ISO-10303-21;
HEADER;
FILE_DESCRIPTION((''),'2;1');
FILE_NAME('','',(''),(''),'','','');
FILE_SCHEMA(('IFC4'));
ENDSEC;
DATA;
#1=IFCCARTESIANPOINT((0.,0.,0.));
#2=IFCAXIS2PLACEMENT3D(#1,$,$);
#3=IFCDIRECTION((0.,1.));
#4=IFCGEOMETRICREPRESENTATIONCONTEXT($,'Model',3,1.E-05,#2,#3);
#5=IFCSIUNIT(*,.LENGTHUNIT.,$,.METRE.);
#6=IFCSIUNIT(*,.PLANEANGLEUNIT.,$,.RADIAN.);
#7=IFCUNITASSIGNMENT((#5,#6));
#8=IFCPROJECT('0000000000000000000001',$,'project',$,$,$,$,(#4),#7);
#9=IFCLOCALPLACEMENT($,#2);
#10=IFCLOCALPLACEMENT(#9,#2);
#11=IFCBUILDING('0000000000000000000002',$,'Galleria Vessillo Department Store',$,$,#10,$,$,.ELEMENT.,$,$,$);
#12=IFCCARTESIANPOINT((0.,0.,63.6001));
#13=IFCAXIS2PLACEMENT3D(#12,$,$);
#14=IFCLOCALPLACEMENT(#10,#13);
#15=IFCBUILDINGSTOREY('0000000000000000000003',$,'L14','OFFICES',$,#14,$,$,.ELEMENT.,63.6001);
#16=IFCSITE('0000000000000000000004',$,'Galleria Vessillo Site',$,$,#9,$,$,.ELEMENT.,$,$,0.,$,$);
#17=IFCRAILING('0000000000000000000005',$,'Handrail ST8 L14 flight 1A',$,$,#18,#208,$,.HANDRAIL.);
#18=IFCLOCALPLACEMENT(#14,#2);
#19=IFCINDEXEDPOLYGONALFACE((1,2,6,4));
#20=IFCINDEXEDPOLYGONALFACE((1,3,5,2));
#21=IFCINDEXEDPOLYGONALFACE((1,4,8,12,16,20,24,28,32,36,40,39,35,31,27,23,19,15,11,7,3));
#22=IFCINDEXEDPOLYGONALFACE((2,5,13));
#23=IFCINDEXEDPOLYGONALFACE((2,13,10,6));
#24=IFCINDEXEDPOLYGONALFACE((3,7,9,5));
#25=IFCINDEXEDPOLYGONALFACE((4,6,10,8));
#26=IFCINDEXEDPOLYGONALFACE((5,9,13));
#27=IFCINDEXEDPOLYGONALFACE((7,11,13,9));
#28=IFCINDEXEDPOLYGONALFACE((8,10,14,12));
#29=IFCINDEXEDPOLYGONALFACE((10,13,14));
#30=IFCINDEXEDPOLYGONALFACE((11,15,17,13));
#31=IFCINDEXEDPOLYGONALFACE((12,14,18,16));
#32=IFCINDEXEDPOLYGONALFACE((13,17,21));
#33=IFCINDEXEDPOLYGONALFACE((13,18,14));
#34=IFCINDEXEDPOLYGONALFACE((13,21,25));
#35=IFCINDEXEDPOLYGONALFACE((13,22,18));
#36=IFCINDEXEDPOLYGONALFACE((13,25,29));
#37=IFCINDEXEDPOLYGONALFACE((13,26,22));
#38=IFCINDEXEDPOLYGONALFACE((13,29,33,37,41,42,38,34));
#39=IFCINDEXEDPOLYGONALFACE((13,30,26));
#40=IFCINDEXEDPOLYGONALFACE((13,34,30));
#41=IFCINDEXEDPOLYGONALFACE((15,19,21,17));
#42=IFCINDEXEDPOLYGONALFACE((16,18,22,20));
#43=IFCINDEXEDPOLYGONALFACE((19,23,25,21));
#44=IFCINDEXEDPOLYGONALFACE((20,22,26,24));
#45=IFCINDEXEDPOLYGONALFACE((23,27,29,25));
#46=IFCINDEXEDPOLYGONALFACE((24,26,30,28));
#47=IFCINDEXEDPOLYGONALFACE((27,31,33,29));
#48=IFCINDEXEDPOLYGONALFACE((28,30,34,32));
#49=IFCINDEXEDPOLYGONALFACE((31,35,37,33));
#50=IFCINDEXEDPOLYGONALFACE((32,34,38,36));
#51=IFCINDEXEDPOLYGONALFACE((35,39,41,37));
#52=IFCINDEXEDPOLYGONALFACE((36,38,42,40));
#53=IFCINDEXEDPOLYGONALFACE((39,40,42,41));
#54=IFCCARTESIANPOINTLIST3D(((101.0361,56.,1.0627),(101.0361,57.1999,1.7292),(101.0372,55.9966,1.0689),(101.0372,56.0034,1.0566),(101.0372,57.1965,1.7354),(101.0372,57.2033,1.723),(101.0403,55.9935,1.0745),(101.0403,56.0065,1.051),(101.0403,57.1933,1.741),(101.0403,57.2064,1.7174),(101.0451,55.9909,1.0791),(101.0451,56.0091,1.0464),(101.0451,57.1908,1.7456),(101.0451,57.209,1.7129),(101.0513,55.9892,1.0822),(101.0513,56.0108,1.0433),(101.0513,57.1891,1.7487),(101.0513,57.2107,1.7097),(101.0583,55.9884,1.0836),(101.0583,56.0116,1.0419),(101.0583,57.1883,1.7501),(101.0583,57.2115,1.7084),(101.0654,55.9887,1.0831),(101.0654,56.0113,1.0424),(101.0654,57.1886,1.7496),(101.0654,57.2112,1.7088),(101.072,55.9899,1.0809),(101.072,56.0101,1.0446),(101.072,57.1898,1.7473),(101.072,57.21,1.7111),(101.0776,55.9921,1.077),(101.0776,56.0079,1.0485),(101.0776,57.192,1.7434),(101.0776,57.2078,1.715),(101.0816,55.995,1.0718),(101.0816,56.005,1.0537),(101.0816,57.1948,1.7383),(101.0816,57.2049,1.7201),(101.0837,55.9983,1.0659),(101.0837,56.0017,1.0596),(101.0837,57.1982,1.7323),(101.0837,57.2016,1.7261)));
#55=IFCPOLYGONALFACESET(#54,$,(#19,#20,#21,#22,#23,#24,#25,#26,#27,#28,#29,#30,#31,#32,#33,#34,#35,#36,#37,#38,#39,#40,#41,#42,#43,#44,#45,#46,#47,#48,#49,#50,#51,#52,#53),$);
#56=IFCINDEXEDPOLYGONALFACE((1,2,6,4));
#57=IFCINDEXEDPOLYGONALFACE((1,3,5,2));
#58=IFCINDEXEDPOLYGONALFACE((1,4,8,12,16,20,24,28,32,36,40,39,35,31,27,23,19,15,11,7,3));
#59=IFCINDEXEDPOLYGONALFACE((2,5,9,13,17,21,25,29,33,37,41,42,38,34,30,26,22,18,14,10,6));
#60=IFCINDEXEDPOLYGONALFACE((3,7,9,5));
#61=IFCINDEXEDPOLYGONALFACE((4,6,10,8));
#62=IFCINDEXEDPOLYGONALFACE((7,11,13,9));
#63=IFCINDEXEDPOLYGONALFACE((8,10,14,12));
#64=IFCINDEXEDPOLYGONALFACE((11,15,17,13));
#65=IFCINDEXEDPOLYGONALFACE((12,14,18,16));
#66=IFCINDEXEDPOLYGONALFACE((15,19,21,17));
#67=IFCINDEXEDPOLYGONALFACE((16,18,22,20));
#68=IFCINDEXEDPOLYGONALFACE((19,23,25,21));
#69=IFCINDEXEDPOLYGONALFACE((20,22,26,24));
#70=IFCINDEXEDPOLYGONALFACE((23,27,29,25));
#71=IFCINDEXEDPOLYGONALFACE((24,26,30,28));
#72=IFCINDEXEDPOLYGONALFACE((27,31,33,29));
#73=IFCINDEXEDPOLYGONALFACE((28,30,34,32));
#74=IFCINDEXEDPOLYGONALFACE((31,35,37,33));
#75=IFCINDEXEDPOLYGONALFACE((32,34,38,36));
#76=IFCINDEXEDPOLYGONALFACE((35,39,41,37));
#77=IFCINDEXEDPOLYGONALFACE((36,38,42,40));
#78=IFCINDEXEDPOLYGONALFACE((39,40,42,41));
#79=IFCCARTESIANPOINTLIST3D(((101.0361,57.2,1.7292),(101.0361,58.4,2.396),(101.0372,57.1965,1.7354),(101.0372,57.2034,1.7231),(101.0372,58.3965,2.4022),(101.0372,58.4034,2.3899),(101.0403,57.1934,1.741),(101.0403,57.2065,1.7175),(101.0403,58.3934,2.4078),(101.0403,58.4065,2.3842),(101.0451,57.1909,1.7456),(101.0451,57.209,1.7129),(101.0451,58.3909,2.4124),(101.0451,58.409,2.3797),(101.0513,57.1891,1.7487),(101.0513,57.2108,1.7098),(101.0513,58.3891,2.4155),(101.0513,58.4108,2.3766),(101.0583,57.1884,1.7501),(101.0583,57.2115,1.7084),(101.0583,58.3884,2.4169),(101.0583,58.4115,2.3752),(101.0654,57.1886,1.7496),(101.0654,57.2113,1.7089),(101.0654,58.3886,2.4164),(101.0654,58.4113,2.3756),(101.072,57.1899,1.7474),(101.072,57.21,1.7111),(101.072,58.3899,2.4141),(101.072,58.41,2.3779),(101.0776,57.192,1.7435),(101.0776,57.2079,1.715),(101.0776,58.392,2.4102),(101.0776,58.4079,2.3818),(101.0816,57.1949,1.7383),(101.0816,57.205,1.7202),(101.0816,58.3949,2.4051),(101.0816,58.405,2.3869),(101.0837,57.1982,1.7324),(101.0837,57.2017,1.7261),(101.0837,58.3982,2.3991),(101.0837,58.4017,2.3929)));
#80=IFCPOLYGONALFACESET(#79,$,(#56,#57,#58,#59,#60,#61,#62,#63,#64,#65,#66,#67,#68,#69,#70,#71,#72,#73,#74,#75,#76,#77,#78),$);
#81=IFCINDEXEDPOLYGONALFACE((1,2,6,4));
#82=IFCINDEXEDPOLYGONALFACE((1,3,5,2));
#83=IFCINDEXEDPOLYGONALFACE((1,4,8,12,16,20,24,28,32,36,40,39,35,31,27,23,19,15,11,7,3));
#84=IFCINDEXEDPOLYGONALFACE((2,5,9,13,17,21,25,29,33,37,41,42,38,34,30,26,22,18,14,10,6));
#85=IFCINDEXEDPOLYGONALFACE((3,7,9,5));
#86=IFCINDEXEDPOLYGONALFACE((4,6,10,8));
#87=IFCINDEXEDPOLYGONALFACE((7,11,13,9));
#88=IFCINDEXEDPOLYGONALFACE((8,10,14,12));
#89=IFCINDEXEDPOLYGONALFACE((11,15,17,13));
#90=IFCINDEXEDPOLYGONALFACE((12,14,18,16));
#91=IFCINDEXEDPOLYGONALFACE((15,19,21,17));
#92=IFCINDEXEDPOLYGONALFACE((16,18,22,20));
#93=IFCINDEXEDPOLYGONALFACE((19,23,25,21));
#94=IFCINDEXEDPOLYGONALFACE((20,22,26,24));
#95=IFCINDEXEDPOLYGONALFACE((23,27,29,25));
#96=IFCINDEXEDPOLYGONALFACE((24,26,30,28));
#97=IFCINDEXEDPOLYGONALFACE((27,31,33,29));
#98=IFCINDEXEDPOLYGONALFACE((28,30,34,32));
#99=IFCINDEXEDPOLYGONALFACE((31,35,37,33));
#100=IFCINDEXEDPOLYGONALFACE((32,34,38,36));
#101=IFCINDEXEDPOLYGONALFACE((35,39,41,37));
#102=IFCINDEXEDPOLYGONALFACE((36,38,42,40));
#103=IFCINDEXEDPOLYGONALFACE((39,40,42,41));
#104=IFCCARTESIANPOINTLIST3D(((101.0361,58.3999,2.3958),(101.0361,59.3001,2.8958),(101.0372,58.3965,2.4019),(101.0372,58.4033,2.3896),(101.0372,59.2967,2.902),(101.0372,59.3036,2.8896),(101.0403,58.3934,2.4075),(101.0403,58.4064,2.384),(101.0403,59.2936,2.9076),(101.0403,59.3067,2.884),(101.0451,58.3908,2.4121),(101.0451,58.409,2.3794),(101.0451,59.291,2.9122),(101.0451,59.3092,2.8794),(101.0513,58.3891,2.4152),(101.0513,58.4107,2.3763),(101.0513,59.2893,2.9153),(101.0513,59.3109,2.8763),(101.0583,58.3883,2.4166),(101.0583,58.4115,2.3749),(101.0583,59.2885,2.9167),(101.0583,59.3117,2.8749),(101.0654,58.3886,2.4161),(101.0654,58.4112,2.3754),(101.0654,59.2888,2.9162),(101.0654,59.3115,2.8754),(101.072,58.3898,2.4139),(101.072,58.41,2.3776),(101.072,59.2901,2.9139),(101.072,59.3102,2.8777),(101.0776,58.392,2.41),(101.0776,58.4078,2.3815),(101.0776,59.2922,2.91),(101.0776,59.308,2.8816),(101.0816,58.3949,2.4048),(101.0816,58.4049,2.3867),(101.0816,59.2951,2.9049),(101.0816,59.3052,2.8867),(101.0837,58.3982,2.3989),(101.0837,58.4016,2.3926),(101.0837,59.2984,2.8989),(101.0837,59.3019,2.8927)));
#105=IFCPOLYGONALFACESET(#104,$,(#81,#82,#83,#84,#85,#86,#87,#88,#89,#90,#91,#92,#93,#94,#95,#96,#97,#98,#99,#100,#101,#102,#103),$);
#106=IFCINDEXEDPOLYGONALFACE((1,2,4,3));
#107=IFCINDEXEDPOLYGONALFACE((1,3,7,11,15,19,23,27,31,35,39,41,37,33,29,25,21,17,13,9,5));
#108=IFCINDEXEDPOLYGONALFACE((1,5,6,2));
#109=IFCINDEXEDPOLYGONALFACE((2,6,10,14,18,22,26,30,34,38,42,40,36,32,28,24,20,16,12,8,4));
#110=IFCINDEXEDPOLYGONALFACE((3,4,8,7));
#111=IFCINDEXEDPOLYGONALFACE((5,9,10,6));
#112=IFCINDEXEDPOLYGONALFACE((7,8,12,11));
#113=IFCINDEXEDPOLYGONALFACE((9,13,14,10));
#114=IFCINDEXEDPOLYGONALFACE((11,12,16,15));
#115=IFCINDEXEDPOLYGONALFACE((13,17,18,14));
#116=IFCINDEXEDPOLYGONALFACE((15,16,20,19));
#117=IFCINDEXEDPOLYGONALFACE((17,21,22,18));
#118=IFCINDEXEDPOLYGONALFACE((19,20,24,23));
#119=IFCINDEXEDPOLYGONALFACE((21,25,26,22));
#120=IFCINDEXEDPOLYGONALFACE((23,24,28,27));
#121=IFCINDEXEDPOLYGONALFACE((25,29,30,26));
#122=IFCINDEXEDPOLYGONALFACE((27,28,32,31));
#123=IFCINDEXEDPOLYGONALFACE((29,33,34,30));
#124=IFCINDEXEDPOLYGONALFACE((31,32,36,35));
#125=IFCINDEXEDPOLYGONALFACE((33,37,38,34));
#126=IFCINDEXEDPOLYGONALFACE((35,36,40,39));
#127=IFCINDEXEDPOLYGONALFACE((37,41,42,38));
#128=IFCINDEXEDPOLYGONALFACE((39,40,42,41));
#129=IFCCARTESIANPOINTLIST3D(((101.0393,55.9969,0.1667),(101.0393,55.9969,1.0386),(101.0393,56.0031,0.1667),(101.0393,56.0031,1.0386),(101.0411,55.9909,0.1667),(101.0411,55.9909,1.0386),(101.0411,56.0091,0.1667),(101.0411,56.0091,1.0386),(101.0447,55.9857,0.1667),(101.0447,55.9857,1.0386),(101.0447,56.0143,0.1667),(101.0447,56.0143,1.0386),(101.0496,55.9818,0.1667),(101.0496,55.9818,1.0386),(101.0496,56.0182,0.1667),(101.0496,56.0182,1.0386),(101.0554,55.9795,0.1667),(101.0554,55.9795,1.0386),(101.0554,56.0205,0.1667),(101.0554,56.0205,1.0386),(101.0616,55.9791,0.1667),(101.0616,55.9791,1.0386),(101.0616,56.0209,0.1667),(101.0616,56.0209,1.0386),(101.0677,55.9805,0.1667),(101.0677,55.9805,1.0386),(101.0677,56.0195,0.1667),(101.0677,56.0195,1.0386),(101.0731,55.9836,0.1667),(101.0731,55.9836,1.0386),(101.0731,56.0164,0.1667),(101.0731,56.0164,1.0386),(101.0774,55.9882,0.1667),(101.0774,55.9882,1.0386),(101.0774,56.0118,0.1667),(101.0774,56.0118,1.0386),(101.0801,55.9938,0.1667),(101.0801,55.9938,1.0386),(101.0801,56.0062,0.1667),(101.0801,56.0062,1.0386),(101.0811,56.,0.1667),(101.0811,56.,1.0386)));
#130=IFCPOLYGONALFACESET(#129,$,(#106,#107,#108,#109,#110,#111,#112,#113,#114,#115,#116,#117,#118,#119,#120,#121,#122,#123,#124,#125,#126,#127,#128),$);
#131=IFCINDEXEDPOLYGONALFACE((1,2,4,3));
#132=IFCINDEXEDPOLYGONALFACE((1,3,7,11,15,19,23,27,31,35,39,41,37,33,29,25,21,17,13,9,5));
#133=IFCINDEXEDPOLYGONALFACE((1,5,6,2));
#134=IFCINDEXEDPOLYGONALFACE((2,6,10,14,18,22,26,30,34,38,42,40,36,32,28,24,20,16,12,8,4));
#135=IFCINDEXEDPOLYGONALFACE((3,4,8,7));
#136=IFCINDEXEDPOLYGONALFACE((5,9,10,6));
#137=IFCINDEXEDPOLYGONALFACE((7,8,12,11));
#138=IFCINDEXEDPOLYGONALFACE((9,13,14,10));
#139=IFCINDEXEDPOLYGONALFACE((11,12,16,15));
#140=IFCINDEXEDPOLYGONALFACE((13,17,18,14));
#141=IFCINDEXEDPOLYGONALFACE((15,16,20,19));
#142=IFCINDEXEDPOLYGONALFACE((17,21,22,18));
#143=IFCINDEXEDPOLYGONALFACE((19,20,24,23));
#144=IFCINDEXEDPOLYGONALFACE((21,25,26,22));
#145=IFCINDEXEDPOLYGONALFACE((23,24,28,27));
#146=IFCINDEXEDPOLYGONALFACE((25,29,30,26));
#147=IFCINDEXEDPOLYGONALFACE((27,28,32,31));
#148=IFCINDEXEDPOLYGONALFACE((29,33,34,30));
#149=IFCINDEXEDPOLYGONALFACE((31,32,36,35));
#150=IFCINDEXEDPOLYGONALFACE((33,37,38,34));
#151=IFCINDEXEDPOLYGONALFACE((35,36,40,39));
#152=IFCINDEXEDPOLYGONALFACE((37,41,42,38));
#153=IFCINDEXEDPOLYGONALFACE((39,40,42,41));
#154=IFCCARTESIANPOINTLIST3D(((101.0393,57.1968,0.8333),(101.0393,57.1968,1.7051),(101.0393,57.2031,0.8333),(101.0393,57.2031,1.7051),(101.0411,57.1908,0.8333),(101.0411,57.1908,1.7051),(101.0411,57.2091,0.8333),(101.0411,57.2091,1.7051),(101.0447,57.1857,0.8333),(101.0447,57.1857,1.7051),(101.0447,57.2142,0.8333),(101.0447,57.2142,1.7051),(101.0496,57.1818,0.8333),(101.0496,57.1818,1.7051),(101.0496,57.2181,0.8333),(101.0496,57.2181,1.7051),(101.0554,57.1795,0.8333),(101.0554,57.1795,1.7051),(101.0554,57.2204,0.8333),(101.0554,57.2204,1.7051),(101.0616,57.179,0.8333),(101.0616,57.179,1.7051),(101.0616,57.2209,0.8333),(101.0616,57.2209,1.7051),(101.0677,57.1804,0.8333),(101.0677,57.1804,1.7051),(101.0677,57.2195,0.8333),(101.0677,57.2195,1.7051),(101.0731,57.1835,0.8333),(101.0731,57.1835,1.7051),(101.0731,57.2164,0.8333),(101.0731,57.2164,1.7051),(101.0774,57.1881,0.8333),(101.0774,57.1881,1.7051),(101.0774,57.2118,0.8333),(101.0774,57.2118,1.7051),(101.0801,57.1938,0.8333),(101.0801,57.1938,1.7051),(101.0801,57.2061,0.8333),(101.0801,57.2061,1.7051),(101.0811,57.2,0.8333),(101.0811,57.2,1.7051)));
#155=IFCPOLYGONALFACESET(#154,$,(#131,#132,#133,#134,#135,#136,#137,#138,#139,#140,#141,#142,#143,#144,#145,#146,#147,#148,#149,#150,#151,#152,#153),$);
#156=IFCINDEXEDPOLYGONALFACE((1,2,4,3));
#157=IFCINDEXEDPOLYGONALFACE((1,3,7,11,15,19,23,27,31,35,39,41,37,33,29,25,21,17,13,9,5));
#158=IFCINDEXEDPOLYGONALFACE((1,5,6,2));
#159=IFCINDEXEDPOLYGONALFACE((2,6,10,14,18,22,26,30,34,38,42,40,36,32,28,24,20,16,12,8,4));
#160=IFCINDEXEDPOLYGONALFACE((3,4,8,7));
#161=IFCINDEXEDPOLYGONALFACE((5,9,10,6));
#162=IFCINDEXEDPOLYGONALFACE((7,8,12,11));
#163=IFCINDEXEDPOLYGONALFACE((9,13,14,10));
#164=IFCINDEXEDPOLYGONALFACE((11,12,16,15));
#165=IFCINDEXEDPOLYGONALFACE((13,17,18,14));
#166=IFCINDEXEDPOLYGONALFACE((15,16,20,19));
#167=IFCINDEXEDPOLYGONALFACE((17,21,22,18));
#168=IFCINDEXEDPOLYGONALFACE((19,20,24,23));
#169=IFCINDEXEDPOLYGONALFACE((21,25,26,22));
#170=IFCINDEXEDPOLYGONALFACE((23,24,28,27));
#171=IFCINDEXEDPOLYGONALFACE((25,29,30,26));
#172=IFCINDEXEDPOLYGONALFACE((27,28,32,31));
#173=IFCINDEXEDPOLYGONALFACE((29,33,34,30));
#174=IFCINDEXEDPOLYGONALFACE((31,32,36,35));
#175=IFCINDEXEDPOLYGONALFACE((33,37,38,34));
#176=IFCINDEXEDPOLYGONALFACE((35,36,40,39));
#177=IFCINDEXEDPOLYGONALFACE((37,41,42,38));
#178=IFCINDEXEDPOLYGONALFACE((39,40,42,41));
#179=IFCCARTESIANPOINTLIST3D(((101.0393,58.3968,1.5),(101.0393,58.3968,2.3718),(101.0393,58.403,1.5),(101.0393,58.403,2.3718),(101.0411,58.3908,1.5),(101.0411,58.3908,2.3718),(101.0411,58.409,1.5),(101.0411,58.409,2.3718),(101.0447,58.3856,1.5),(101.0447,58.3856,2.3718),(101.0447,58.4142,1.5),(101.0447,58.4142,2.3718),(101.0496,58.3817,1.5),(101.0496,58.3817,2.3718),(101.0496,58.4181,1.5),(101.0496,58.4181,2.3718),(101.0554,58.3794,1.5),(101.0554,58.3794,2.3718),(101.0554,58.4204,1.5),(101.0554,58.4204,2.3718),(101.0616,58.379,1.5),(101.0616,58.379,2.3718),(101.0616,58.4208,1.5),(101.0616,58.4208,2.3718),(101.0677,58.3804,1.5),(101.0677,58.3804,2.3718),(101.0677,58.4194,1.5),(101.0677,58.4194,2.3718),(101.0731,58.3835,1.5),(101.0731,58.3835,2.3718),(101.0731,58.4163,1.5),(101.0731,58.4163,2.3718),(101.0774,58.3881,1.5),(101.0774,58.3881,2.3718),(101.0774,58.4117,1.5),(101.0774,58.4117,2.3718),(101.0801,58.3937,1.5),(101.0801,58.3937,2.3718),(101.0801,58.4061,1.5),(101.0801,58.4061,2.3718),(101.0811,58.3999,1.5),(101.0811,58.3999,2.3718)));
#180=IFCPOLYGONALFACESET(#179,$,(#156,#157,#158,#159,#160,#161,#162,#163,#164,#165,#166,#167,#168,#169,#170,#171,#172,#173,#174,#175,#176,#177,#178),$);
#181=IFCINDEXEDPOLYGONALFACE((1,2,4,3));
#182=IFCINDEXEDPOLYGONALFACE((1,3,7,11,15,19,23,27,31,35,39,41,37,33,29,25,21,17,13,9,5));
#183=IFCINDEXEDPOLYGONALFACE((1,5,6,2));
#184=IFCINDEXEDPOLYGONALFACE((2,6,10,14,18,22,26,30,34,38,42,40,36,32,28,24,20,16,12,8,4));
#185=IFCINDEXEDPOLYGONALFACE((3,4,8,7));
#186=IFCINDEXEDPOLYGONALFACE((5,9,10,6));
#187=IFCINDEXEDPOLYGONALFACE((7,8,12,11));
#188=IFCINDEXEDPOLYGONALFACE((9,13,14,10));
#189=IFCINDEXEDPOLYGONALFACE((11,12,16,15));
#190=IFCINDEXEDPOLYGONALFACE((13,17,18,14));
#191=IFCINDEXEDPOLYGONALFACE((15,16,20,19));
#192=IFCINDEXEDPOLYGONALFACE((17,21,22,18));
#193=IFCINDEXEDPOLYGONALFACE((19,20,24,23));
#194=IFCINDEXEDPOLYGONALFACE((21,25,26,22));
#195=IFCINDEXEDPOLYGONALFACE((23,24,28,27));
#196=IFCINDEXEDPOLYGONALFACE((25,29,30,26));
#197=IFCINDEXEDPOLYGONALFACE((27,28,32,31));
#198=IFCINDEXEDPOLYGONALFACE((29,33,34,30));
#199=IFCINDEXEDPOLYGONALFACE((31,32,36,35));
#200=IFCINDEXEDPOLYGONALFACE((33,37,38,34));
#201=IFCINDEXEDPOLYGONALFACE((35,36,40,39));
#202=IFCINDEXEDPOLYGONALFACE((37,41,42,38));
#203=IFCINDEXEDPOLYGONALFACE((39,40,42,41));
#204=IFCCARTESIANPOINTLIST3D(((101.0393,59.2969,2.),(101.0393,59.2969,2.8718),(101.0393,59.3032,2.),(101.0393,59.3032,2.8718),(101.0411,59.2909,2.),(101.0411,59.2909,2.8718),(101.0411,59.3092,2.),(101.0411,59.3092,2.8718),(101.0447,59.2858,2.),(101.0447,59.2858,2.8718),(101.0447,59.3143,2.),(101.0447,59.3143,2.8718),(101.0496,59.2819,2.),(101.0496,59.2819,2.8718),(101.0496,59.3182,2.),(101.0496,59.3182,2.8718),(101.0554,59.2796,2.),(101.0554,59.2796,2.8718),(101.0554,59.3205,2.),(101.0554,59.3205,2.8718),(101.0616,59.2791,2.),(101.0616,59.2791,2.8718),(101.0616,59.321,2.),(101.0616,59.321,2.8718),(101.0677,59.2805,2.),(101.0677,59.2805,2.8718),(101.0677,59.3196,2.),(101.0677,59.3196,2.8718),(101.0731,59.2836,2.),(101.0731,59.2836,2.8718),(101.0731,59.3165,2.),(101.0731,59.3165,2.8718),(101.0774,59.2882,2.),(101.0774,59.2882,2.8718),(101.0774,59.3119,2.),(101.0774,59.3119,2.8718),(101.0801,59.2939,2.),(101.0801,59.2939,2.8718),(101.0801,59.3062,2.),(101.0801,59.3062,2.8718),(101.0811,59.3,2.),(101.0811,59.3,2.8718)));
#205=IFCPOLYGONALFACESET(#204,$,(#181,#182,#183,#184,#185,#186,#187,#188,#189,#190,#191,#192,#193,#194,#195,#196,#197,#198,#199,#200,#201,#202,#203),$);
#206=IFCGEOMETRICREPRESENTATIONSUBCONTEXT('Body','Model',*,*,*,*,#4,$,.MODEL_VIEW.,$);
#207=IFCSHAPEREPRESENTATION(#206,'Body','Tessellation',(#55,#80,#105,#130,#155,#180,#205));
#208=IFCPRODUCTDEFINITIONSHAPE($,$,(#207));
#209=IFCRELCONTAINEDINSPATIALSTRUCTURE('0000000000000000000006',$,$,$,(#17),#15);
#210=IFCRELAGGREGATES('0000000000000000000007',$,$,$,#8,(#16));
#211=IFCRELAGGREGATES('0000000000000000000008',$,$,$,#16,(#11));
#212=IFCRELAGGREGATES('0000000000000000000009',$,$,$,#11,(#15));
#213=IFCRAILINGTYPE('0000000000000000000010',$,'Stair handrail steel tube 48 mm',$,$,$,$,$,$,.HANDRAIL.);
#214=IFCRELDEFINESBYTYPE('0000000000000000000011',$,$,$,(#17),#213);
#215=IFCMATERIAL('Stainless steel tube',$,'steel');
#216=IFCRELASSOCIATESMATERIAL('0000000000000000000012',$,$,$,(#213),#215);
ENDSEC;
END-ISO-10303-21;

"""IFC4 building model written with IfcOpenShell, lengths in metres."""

from ifc_helpers import new_model, si_unit, direction, frame, origin, origin_2d, place, context, subcontext, project, spatial, circle, extrude, material, type_object, element, save


model = new_model("IFC4")

# Units and contexts
model_context = context("Model", 3, precision=1e-05, world=origin(), true_north=direction((0.0, 1.0)))
body_context = subcontext(model_context, "Body", "Model", "MODEL_VIEW")
ifc_project = project(units=[si_unit("LENGTHUNIT", "METRE"), si_unit("PLANEANGLEUNIT", "RADIAN")], contexts=[model_context])

# Site, building, storey
site_placement = place(None, origin())
site = spatial("IfcSite", under=ifc_project, at=site_placement, Name="Galleria Vessillo Site", CompositionType="ELEMENT", RefElevation=0.0)
building_placement = place(site_placement, origin())
building = spatial("IfcBuilding", under=site, at=building_placement, Name="Galleria Vessillo Department Store", CompositionType="ELEMENT")
storey_placement = place(building_placement, frame((0.0, 0.0, 63.6001)))
storey = spatial("IfcBuildingStorey", under=building, at=storey_placement, Name="L14", Description="OFFICES", CompositionType="ELEMENT", Elevation=63.6001)

# Railing
ifc_material_1 = material(Name="Stainless steel tube", Category="steel")
railing_type = type_object("IfcRailingType", Name="Stair handrail steel tube 48 mm", PredefinedType="HANDRAIL", material=ifc_material_1)
for number, where, name in (
    (1, (101.0601, 56.0, 0.1667), "Handrail ST8 L14 flight 1A"),
):
    element("IfcRailing", number, at=place(storey_placement, frame(where)), inside=storey, type_object=railing_type, Name=name, PredefinedType="HANDRAIL", context=body_context, shape_type="SweptSolid", body=[
        extrude(circle(Radius=0.0239, at=origin_2d()), frame((0.0, 0.0, 0.896), z_axis=(0.0, 0.874199, 0.485567), x_axis=(-1.0, 0.0, 0.0)), (0.0, 0.0, 1.0), 1.3726),
        extrude(circle(Radius=0.0239, at=origin_2d()), frame((0.0, 1.2, 1.5625), z_axis=(0.0, 0.874124, 0.485703), x_axis=(-1.0, 0.0, 0.0)), (0.0, 0.0, 1.0), 1.3728),
        extrude(circle(Radius=0.0239, at=origin_2d()), frame((0.0, 2.3999, 2.229), z_axis=(0.0, 0.874191, 0.485583), x_axis=(-1.0, 0.0, 0.0)), (0.0, 0.0, 1.0), 1.0298),
        extrude(circle(Radius=0.021, at=origin_2d()), origin(), (0.0, 0.0, 1.0), 0.8718),
        extrude(circle(Radius=0.021, at=origin_2d()), frame((0.0, 1.2, 0.6665)), (0.0, 0.0, 1.0), 0.8718),
        extrude(circle(Radius=0.021, at=origin_2d()), frame((0.0, 2.3999, 1.3333)), (0.0, 0.0, 1.0), 0.8718),
        extrude(circle(Radius=0.021, at=origin_2d()), frame((0.0, 3.3, 1.8333)), (0.0, 0.0, 1.0), 0.8718),
    ])

save(model, "model.ifc")
